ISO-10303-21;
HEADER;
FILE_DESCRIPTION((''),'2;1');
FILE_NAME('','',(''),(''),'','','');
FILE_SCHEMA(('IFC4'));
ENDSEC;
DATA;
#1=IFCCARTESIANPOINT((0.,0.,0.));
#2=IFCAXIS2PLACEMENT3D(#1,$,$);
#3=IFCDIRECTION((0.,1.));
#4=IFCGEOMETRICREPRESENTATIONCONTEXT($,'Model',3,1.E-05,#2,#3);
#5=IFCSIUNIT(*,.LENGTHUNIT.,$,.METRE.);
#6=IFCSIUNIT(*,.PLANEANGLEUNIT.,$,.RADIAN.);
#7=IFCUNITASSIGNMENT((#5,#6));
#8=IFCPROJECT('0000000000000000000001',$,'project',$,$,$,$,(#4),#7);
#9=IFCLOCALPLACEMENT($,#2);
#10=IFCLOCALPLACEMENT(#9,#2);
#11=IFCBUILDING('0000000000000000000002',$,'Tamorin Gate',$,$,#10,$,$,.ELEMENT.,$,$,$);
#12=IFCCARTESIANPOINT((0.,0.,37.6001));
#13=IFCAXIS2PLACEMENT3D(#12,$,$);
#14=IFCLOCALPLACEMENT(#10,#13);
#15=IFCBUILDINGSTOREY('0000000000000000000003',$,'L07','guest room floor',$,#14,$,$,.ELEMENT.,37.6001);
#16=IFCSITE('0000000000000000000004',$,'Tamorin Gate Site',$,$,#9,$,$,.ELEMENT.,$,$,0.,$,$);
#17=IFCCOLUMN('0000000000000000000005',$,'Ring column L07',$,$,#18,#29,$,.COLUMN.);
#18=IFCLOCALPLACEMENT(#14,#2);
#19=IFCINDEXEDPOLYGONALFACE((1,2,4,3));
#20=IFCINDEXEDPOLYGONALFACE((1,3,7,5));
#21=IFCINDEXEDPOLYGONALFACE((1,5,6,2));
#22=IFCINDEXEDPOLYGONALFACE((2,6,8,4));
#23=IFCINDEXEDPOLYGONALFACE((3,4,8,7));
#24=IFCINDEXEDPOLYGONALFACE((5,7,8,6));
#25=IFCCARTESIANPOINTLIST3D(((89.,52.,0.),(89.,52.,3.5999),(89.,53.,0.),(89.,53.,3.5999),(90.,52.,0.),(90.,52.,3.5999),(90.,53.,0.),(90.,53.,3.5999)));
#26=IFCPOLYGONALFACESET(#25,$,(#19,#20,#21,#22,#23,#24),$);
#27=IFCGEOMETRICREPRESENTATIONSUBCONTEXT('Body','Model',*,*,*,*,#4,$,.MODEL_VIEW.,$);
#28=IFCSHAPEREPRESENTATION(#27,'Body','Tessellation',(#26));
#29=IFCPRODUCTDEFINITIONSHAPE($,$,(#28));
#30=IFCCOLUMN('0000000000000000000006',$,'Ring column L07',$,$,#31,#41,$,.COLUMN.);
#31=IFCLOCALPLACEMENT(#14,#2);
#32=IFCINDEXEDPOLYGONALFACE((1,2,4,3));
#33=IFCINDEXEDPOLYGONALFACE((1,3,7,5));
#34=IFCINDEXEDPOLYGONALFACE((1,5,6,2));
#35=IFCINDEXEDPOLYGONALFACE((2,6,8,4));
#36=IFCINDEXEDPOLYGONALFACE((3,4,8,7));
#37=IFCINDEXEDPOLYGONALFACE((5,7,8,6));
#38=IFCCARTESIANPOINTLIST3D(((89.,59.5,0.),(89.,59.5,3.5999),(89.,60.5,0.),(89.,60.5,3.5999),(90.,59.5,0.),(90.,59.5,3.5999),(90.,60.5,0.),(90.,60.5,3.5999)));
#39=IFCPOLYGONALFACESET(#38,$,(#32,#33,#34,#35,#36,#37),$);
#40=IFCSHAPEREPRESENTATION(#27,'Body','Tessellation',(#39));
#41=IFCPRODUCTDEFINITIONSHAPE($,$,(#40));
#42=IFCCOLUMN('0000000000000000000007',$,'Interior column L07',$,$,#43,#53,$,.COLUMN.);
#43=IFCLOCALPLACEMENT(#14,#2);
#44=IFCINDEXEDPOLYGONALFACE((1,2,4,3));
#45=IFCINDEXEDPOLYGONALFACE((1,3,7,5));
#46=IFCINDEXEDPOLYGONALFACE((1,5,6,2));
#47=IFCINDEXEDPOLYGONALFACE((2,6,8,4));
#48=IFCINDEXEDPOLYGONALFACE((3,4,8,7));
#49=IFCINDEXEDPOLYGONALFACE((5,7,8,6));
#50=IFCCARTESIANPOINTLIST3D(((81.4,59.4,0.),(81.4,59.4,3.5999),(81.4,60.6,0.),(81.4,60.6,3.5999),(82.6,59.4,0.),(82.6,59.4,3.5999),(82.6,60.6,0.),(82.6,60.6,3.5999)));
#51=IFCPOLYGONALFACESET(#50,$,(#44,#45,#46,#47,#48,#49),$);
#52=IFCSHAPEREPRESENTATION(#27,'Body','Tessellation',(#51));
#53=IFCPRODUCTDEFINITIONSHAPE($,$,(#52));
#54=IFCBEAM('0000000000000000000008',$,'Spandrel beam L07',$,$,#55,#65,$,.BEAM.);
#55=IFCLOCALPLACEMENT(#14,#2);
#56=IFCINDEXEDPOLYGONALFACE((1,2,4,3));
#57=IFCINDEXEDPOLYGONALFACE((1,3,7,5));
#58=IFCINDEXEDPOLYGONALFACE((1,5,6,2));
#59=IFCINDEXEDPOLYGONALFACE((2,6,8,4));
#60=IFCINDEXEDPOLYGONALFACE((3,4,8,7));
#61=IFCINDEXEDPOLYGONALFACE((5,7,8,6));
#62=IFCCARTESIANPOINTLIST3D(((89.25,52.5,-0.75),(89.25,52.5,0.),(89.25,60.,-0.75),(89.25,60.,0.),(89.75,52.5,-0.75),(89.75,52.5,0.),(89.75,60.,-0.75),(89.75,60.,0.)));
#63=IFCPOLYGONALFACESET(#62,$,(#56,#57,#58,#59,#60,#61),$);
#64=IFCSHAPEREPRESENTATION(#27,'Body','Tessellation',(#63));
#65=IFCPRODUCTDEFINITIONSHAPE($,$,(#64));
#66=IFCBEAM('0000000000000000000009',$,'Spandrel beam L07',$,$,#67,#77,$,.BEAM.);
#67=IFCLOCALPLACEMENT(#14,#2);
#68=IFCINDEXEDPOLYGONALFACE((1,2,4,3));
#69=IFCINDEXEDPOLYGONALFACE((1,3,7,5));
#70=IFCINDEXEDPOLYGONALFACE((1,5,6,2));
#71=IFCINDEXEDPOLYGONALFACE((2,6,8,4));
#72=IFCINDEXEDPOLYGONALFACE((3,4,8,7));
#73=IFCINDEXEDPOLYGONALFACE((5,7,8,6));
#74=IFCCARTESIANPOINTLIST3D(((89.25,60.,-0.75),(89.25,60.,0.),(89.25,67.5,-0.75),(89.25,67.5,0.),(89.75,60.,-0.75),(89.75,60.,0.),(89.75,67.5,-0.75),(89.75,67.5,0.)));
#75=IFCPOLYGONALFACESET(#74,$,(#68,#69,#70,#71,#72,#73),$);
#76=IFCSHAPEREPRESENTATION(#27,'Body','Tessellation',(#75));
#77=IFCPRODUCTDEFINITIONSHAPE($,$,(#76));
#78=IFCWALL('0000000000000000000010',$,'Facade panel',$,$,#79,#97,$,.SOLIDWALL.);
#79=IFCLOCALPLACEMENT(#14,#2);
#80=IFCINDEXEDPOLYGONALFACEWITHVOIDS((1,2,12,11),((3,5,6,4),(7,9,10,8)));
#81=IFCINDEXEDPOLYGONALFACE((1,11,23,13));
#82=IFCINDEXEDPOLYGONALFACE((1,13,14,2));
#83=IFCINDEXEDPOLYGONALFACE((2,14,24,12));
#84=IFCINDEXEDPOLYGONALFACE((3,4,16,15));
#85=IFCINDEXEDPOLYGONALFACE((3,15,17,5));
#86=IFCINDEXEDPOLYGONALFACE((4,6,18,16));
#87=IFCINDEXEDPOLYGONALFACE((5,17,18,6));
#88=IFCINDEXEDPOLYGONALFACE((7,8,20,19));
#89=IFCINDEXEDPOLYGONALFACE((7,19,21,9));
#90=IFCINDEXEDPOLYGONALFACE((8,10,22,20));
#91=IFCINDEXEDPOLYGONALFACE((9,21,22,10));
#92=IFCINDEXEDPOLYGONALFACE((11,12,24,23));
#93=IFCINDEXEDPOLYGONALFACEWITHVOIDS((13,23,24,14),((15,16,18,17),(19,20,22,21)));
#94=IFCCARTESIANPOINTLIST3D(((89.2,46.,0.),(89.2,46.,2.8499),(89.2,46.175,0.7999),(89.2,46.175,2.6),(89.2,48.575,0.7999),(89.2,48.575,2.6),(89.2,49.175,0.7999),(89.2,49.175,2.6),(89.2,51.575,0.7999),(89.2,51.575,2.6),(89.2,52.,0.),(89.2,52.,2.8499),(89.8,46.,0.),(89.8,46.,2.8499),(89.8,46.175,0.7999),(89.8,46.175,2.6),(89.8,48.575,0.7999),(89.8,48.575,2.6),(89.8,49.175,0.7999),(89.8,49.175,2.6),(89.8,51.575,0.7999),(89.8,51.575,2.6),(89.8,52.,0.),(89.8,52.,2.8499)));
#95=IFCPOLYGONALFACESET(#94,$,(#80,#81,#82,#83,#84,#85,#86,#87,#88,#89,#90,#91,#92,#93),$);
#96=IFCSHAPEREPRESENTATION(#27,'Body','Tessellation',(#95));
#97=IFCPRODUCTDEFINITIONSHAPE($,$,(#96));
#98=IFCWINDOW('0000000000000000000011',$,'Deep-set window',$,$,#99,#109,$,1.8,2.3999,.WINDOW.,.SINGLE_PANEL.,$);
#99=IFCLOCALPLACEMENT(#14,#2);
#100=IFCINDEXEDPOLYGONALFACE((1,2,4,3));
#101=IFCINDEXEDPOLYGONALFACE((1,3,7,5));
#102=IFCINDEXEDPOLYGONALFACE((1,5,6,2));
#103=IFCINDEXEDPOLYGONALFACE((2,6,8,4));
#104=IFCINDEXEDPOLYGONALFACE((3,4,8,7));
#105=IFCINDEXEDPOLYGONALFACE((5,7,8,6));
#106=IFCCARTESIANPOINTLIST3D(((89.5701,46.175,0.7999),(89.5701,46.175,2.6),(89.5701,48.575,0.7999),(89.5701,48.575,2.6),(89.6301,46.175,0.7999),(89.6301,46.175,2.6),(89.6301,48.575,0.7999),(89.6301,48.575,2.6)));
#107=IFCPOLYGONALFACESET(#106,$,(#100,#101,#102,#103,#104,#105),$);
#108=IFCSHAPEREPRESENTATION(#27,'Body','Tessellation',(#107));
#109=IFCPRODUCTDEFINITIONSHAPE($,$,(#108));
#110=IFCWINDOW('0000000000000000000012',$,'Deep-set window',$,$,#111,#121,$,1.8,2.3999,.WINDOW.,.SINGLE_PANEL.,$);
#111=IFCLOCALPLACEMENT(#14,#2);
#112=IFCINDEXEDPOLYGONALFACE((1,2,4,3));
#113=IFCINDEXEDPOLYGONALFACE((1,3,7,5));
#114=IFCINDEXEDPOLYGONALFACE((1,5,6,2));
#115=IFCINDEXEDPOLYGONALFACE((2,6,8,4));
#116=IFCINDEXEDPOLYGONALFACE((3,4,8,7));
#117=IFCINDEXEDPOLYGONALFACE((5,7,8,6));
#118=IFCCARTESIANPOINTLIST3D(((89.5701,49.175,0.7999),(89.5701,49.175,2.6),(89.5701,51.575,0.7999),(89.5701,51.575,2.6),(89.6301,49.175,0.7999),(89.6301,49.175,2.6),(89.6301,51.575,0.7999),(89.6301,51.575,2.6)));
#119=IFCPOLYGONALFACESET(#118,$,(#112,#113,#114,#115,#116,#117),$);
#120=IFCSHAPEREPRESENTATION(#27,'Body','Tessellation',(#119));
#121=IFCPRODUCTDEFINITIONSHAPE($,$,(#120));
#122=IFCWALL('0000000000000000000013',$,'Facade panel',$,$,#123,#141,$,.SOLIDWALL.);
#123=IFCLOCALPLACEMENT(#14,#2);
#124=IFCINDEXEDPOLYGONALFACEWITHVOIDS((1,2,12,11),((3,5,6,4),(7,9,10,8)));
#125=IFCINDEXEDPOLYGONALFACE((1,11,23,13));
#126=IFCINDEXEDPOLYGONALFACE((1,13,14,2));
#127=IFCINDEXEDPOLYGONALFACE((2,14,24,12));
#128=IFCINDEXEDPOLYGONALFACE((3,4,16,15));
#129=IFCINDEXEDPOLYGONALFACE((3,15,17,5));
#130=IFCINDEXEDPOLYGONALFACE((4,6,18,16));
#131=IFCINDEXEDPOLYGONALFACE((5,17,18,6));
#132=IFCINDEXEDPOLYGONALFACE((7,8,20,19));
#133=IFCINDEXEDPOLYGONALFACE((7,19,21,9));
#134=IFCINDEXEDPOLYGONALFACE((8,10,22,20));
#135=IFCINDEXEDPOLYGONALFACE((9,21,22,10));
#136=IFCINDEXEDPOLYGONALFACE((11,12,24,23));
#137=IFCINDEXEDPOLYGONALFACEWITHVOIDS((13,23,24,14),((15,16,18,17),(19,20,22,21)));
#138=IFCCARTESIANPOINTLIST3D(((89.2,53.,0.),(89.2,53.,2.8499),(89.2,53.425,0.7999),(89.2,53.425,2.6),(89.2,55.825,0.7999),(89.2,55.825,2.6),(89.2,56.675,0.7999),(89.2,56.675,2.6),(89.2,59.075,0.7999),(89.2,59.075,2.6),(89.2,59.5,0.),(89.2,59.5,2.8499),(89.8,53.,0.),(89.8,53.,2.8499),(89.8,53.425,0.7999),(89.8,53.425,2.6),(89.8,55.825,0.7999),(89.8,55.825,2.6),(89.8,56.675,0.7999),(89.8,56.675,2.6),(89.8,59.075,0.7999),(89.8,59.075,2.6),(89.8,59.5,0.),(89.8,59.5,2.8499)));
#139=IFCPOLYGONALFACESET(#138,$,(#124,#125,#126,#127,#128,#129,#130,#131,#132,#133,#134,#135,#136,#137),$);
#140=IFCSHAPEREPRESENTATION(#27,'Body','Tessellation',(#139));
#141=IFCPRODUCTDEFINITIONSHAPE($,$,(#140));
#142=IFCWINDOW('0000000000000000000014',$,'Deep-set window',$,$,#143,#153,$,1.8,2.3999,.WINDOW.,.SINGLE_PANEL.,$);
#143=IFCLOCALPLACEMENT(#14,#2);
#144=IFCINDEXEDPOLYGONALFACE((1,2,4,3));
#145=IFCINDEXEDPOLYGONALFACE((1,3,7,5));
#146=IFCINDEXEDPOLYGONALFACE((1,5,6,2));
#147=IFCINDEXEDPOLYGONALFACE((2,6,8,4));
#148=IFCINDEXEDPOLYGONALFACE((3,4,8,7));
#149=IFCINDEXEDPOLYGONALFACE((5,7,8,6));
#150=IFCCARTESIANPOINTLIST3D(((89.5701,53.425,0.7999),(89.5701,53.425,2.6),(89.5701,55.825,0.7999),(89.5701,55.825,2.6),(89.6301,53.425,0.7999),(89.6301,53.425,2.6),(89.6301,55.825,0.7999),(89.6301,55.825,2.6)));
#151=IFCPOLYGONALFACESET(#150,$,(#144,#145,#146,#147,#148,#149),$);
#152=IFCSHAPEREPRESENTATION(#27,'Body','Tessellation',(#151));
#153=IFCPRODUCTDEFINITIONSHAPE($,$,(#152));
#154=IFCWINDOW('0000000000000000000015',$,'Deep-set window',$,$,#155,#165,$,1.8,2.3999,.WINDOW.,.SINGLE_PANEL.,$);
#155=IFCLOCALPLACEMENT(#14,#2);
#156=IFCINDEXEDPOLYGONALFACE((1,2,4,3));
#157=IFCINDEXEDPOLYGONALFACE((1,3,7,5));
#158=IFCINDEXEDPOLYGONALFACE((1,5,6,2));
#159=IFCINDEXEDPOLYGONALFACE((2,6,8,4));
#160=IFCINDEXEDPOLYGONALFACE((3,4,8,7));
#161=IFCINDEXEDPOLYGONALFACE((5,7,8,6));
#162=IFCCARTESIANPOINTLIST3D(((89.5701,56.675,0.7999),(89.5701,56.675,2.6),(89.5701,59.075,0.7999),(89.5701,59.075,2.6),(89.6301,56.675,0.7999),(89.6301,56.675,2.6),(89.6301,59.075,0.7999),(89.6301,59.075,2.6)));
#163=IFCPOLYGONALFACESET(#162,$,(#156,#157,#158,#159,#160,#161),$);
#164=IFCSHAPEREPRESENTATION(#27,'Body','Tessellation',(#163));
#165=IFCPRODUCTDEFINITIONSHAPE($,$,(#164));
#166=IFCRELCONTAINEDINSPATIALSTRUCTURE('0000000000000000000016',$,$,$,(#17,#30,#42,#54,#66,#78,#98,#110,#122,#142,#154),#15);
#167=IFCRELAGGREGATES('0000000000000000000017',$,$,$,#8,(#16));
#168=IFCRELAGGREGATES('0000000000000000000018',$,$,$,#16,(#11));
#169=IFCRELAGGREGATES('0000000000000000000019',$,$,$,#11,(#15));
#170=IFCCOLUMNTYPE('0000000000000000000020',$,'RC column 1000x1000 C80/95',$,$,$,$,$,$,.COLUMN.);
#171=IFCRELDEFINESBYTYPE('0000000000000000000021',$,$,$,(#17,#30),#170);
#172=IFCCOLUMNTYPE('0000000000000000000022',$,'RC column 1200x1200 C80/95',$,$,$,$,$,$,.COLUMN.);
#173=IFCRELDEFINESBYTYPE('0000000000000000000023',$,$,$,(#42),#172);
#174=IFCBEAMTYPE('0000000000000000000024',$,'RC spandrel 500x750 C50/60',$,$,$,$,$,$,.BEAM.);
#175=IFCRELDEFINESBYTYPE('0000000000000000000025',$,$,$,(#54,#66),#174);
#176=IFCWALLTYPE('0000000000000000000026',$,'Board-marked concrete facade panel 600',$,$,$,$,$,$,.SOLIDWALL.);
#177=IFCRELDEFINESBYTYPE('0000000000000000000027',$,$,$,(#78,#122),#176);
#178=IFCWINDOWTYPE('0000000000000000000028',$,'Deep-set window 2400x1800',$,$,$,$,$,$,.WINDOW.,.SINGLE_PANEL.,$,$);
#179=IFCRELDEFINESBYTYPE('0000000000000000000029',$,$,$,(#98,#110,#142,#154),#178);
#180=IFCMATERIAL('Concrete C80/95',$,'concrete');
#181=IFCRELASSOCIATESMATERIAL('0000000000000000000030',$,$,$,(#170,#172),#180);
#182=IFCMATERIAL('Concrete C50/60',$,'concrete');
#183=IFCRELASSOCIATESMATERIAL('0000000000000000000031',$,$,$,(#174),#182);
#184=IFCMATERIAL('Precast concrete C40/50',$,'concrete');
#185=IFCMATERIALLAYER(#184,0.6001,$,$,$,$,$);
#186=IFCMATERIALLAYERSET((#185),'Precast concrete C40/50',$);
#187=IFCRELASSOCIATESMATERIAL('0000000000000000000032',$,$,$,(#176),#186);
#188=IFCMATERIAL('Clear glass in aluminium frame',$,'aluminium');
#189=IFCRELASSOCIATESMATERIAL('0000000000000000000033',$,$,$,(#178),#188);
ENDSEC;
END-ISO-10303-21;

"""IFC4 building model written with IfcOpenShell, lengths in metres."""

from ifc_helpers import new_model, si_unit, direction, frame, frame_2d, origin, origin_2d, place, context, subcontext, project, spatial, rectangle, extrude, material, layer, layer_set, material_profile, profile_set, type_object, element, fill, save


model = new_model("IFC4")

# Units and contexts
model_context = context("Model", 3, precision=1e-05, world=origin(), true_north=direction((0.0, 1.0)))
body_context = subcontext(model_context, "Body", "Model", "MODEL_VIEW")
ifc_project = project(units=[si_unit("LENGTHUNIT", "METRE"), si_unit("PLANEANGLEUNIT", "RADIAN")], contexts=[model_context])

# Site, building, storey
site_placement = place(None, origin())
site = spatial("IfcSite", under=ifc_project, at=site_placement, Name="Tamorin Gate Site", CompositionType="ELEMENT", RefElevation=0.0)
building_placement = place(site_placement, origin())
building = spatial("IfcBuilding", under=site, at=building_placement, Name="Tamorin Gate", CompositionType="ELEMENT")
storey_placement = place(building_placement, frame((0.0, 0.0, 37.6001)))
storey = spatial("IfcBuildingStorey", under=building, at=storey_placement, Name="L07", Description="guest room floor", CompositionType="ELEMENT", Elevation=37.6001)

# Columns
ifc_material_1 = material(Name="Concrete C80/95", Category="concrete")
ifc_material_profile_1 = material_profile(ifc_material_1, rectangle(XDim=1.0, YDim=1.0, at=origin_2d()), Name="RC 1000x1000")
ifc_profile_set_1 = profile_set([ifc_material_profile_1], Name="Concrete C80/95")
column_type_1 = type_object("IfcColumnType", Name="RC column 1000x1000 C80/95", PredefinedType="COLUMN", material=ifc_profile_set_1)
for number, where, z_axis, x_axis, name in (
    (1, (89.5, 52.5, 0.0), (0.0, 0.0, 1.0), (1.0, 0.0, 0.0), "Ring column L07"),
    (2, (89.5, 60.0, 0.0), (0.0, 0.0, 1.0), (1.0, 0.0, 0.0), "Ring column L07"),
):
    element("IfcColumn", number, at=place(storey_placement, frame(where, z_axis=z_axis, x_axis=x_axis)), inside=storey, type_object=column_type_1, Name=name, PredefinedType="COLUMN", context=body_context, shape_type="SweptSolid", body=[
        extrude(rectangle(XDim=1.0, YDim=1.0, at=origin_2d()), origin(), (0.0, 0.0, 1.0), 3.5999),
    ])
ifc_material_profile_2 = material_profile(ifc_material_1, rectangle(XDim=1.2, YDim=1.2, at=origin_2d()), Name="RC 1200x1200")
ifc_profile_set_2 = profile_set([ifc_material_profile_2], Name="Concrete C80/95")
column_type_2 = type_object("IfcColumnType", Name="RC column 1200x1200 C80/95", PredefinedType="COLUMN", material=ifc_profile_set_2)
column_placement = place(storey_placement, frame((82.0, 60.0, 0.0), z_axis=(0.0, 0.0, 1.0), x_axis=(1.0, 0.0, 0.0)))
element("IfcColumn", 3, at=column_placement, inside=storey, type_object=column_type_2, Name="Interior column L07", PredefinedType="COLUMN", context=body_context, shape_type="SweptSolid", body=[
    extrude(rectangle(XDim=1.2, YDim=1.2, at=origin_2d()), origin(), (0.0, 0.0, 1.0), 3.5999),
])

# Beams
ifc_material_2 = material(Name="Concrete C50/60", Category="concrete")
ifc_material_profile_3 = material_profile(ifc_material_2, rectangle(XDim=0.5, YDim=0.75, at=origin_2d()), Name="RC 500x750")
ifc_profile_set_3 = profile_set([ifc_material_profile_3], Name="Concrete C50/60")
beam_type = type_object("IfcBeamType", Name="RC spandrel 500x750 C50/60", PredefinedType="BEAM", material=ifc_profile_set_3)
for number, where, z_axis, x_axis, name in (
    (4, (89.5, 52.5, -0.375), (0.0, 1.0, 0.0), (-1.0, 0.0, 0.0), "Spandrel beam L07"),
    (5, (89.5, 60.0, -0.375), (0.0, 1.0, 0.0), (-1.0, 0.0, 0.0), "Spandrel beam L07"),
):
    element("IfcBeam", number, at=place(storey_placement, frame(where, z_axis=z_axis, x_axis=x_axis)), inside=storey, type_object=beam_type, Name=name, PredefinedType="BEAM", context=body_context, shape_type="SweptSolid", body=[
        extrude(rectangle(XDim=0.5, YDim=0.75, at=origin_2d()), origin(), (0.0, 0.0, 1.0), 7.5),
    ])

# Walls, openings, windows
ifc_material_3 = material(Name="Precast concrete C40/50", Category="concrete")
ifc_layer_1 = layer(ifc_material_3, 0.6001)
ifc_layer_set_1 = layer_set([ifc_layer_1], Name="Precast concrete C40/50")
wall_type_1 = type_object("IfcWallType", Name="Board-marked concrete facade panel 600", PredefinedType="SOLIDWALL", material=ifc_layer_set_1)
wall_1_placement = place(storey_placement, frame((89.5, 46.0, 0.0), z_axis=(0.0, 0.0, 1.0), x_axis=(0.0, 1.0, 0.0)))
wall_1 = element("IfcWall", 6, at=wall_1_placement, inside=storey, type_object=wall_type_1, Name="Facade panel", PredefinedType="SOLIDWALL", context=body_context, shape_type="SweptSolid", body=[
    extrude(rectangle(XDim=6.0, YDim=0.6001, at=frame_2d((3.0, 0.0))), origin(), (0.0, 0.0, 1.0), 2.8499),
])
opening_1_placement = place(wall_1_placement, frame((0.175, 0.0, 0.8)))
opening_1 = element("IfcOpeningElement", 7, at=opening_1_placement, cuts=wall_1, PredefinedType="OPENING", context=body_context, shape_type="SweptSolid", body=[
    extrude(rectangle(XDim=2.3999, YDim=1.8, at=frame_2d((1.2, 0.8999))), frame((0.0, 0.3101, 0.0), z_axis=(0.0, -1.0, 0.0), x_axis=(1.0, 0.0, 0.0)), (0.0, 0.0, 1.0), 0.6201),
])
opening_2_placement = place(wall_1_placement, frame((3.175, 0.0, 0.8)))
opening_2 = element("IfcOpeningElement", 8, at=opening_2_placement, cuts=wall_1, PredefinedType="OPENING", context=body_context, shape_type="SweptSolid", body=[
    extrude(rectangle(XDim=2.3999, YDim=1.8, at=frame_2d((1.2, 0.8999))), frame((0.0, 0.3101, 0.0), z_axis=(0.0, -1.0, 0.0), x_axis=(1.0, 0.0, 0.0)), (0.0, 0.0, 1.0), 0.6201),
])
ifc_material_4 = material(Name="Clear glass in aluminium frame", Category="aluminium")
window_type = type_object("IfcWindowType", Name="Deep-set window 2400x1800", PartitioningType="SINGLE_PANEL", PredefinedType="WINDOW", material=ifc_material_4)
window_1_placement = place(opening_1_placement, origin())
window_1 = element("IfcWindow", 9, at=window_1_placement, inside=storey, type_object=window_type, Name="Deep-set window", OverallHeight=1.8, OverallWidth=2.3999, PartitioningType="SINGLE_PANEL", PredefinedType="WINDOW", context=body_context, shape_type="SweptSolid", body=[
    extrude(rectangle(XDim=2.3999, YDim=1.8, at=frame_2d((1.2, 0.8999))), frame((0.0, -0.0701, 0.0), z_axis=(0.0, -1.0, 0.0), x_axis=(1.0, 0.0, 0.0)), (0.0, 0.0, 1.0), 0.0601),
])
fill(opening_1, window_1)
window_2_placement = place(opening_2_placement, origin())
window_2 = element("IfcWindow", 10, at=window_2_placement, inside=storey, type_object=window_type, Name="Deep-set window", OverallHeight=1.8, OverallWidth=2.3999, PartitioningType="SINGLE_PANEL", PredefinedType="WINDOW", context=body_context, shape_type="SweptSolid", body=[
    extrude(rectangle(XDim=2.3999, YDim=1.8, at=frame_2d((1.2, 0.8999))), frame((0.0, -0.0701, 0.0), z_axis=(0.0, -1.0, 0.0), x_axis=(1.0, 0.0, 0.0)), (0.0, 0.0, 1.0), 0.0601),
])
fill(opening_2, window_2)
wall_2_placement = place(storey_placement, frame((89.5, 53.0, 0.0), z_axis=(0.0, 0.0, 1.0), x_axis=(0.0, 1.0, 0.0)))
wall_2 = element("IfcWall", 11, at=wall_2_placement, inside=storey, type_object=wall_type_1, Name="Facade panel", PredefinedType="SOLIDWALL", context=body_context, shape_type="SweptSolid", body=[
    extrude(rectangle(XDim=6.5, YDim=0.6001, at=frame_2d((3.25, 0.0))), origin(), (0.0, 0.0, 1.0), 2.8499),
])
opening_3_placement = place(wall_2_placement, frame((0.425, 0.0, 0.8)))
opening_3 = element("IfcOpeningElement", 12, at=opening_3_placement, cuts=wall_2, PredefinedType="OPENING", context=body_context, shape_type="SweptSolid", body=[
    extrude(rectangle(XDim=2.3999, YDim=1.8, at=frame_2d((1.2, 0.8999))), frame((0.0, 0.3101, 0.0), z_axis=(0.0, -1.0, 0.0), x_axis=(1.0, 0.0, 0.0)), (0.0, 0.0, 1.0), 0.6201),
])
opening_4_placement = place(wall_2_placement, frame((3.675, 0.0, 0.8)))
opening_4 = element("IfcOpeningElement", 13, at=opening_4_placement, cuts=wall_2, PredefinedType="OPENING", context=body_context, shape_type="SweptSolid", body=[
    extrude(rectangle(XDim=2.3999, YDim=1.8, at=frame_2d((1.2, 0.8999))), frame((0.0, 0.3101, 0.0), z_axis=(0.0, -1.0, 0.0), x_axis=(1.0, 0.0, 0.0)), (0.0, 0.0, 1.0), 0.6201),
])
window_3_placement = place(opening_3_placement, origin())
window_3 = element("IfcWindow", 14, at=window_3_placement, inside=storey, type_object=window_type, Name="Deep-set window", OverallHeight=1.8, OverallWidth=2.3999, PartitioningType="SINGLE_PANEL", PredefinedType="WINDOW", context=body_context, shape_type="SweptSolid", body=[
    extrude(rectangle(XDim=2.3999, YDim=1.8, at=frame_2d((1.2, 0.8999))), frame((0.0, -0.0701, 0.0), z_axis=(0.0, -1.0, 0.0), x_axis=(1.0, 0.0, 0.0)), (0.0, 0.0, 1.0), 0.0601),
])
fill(opening_3, window_3)
window_4_placement = place(opening_4_placement, origin())
window_4 = element("IfcWindow", 15, at=window_4_placement, inside=storey, type_object=window_type, Name="Deep-set window", OverallHeight=1.8, OverallWidth=2.3999, PartitioningType="SINGLE_PANEL", PredefinedType="WINDOW", context=body_context, shape_type="SweptSolid", body=[
    extrude(rectangle(XDim=2.3999, YDim=1.8, at=frame_2d((1.2, 0.8999))), frame((0.0, -0.0701, 0.0), z_axis=(0.0, -1.0, 0.0), x_axis=(1.0, 0.0, 0.0)), (0.0, 0.0, 1.0), 0.0601),
])
fill(opening_4, window_4)

save(model, "model.ifc")
